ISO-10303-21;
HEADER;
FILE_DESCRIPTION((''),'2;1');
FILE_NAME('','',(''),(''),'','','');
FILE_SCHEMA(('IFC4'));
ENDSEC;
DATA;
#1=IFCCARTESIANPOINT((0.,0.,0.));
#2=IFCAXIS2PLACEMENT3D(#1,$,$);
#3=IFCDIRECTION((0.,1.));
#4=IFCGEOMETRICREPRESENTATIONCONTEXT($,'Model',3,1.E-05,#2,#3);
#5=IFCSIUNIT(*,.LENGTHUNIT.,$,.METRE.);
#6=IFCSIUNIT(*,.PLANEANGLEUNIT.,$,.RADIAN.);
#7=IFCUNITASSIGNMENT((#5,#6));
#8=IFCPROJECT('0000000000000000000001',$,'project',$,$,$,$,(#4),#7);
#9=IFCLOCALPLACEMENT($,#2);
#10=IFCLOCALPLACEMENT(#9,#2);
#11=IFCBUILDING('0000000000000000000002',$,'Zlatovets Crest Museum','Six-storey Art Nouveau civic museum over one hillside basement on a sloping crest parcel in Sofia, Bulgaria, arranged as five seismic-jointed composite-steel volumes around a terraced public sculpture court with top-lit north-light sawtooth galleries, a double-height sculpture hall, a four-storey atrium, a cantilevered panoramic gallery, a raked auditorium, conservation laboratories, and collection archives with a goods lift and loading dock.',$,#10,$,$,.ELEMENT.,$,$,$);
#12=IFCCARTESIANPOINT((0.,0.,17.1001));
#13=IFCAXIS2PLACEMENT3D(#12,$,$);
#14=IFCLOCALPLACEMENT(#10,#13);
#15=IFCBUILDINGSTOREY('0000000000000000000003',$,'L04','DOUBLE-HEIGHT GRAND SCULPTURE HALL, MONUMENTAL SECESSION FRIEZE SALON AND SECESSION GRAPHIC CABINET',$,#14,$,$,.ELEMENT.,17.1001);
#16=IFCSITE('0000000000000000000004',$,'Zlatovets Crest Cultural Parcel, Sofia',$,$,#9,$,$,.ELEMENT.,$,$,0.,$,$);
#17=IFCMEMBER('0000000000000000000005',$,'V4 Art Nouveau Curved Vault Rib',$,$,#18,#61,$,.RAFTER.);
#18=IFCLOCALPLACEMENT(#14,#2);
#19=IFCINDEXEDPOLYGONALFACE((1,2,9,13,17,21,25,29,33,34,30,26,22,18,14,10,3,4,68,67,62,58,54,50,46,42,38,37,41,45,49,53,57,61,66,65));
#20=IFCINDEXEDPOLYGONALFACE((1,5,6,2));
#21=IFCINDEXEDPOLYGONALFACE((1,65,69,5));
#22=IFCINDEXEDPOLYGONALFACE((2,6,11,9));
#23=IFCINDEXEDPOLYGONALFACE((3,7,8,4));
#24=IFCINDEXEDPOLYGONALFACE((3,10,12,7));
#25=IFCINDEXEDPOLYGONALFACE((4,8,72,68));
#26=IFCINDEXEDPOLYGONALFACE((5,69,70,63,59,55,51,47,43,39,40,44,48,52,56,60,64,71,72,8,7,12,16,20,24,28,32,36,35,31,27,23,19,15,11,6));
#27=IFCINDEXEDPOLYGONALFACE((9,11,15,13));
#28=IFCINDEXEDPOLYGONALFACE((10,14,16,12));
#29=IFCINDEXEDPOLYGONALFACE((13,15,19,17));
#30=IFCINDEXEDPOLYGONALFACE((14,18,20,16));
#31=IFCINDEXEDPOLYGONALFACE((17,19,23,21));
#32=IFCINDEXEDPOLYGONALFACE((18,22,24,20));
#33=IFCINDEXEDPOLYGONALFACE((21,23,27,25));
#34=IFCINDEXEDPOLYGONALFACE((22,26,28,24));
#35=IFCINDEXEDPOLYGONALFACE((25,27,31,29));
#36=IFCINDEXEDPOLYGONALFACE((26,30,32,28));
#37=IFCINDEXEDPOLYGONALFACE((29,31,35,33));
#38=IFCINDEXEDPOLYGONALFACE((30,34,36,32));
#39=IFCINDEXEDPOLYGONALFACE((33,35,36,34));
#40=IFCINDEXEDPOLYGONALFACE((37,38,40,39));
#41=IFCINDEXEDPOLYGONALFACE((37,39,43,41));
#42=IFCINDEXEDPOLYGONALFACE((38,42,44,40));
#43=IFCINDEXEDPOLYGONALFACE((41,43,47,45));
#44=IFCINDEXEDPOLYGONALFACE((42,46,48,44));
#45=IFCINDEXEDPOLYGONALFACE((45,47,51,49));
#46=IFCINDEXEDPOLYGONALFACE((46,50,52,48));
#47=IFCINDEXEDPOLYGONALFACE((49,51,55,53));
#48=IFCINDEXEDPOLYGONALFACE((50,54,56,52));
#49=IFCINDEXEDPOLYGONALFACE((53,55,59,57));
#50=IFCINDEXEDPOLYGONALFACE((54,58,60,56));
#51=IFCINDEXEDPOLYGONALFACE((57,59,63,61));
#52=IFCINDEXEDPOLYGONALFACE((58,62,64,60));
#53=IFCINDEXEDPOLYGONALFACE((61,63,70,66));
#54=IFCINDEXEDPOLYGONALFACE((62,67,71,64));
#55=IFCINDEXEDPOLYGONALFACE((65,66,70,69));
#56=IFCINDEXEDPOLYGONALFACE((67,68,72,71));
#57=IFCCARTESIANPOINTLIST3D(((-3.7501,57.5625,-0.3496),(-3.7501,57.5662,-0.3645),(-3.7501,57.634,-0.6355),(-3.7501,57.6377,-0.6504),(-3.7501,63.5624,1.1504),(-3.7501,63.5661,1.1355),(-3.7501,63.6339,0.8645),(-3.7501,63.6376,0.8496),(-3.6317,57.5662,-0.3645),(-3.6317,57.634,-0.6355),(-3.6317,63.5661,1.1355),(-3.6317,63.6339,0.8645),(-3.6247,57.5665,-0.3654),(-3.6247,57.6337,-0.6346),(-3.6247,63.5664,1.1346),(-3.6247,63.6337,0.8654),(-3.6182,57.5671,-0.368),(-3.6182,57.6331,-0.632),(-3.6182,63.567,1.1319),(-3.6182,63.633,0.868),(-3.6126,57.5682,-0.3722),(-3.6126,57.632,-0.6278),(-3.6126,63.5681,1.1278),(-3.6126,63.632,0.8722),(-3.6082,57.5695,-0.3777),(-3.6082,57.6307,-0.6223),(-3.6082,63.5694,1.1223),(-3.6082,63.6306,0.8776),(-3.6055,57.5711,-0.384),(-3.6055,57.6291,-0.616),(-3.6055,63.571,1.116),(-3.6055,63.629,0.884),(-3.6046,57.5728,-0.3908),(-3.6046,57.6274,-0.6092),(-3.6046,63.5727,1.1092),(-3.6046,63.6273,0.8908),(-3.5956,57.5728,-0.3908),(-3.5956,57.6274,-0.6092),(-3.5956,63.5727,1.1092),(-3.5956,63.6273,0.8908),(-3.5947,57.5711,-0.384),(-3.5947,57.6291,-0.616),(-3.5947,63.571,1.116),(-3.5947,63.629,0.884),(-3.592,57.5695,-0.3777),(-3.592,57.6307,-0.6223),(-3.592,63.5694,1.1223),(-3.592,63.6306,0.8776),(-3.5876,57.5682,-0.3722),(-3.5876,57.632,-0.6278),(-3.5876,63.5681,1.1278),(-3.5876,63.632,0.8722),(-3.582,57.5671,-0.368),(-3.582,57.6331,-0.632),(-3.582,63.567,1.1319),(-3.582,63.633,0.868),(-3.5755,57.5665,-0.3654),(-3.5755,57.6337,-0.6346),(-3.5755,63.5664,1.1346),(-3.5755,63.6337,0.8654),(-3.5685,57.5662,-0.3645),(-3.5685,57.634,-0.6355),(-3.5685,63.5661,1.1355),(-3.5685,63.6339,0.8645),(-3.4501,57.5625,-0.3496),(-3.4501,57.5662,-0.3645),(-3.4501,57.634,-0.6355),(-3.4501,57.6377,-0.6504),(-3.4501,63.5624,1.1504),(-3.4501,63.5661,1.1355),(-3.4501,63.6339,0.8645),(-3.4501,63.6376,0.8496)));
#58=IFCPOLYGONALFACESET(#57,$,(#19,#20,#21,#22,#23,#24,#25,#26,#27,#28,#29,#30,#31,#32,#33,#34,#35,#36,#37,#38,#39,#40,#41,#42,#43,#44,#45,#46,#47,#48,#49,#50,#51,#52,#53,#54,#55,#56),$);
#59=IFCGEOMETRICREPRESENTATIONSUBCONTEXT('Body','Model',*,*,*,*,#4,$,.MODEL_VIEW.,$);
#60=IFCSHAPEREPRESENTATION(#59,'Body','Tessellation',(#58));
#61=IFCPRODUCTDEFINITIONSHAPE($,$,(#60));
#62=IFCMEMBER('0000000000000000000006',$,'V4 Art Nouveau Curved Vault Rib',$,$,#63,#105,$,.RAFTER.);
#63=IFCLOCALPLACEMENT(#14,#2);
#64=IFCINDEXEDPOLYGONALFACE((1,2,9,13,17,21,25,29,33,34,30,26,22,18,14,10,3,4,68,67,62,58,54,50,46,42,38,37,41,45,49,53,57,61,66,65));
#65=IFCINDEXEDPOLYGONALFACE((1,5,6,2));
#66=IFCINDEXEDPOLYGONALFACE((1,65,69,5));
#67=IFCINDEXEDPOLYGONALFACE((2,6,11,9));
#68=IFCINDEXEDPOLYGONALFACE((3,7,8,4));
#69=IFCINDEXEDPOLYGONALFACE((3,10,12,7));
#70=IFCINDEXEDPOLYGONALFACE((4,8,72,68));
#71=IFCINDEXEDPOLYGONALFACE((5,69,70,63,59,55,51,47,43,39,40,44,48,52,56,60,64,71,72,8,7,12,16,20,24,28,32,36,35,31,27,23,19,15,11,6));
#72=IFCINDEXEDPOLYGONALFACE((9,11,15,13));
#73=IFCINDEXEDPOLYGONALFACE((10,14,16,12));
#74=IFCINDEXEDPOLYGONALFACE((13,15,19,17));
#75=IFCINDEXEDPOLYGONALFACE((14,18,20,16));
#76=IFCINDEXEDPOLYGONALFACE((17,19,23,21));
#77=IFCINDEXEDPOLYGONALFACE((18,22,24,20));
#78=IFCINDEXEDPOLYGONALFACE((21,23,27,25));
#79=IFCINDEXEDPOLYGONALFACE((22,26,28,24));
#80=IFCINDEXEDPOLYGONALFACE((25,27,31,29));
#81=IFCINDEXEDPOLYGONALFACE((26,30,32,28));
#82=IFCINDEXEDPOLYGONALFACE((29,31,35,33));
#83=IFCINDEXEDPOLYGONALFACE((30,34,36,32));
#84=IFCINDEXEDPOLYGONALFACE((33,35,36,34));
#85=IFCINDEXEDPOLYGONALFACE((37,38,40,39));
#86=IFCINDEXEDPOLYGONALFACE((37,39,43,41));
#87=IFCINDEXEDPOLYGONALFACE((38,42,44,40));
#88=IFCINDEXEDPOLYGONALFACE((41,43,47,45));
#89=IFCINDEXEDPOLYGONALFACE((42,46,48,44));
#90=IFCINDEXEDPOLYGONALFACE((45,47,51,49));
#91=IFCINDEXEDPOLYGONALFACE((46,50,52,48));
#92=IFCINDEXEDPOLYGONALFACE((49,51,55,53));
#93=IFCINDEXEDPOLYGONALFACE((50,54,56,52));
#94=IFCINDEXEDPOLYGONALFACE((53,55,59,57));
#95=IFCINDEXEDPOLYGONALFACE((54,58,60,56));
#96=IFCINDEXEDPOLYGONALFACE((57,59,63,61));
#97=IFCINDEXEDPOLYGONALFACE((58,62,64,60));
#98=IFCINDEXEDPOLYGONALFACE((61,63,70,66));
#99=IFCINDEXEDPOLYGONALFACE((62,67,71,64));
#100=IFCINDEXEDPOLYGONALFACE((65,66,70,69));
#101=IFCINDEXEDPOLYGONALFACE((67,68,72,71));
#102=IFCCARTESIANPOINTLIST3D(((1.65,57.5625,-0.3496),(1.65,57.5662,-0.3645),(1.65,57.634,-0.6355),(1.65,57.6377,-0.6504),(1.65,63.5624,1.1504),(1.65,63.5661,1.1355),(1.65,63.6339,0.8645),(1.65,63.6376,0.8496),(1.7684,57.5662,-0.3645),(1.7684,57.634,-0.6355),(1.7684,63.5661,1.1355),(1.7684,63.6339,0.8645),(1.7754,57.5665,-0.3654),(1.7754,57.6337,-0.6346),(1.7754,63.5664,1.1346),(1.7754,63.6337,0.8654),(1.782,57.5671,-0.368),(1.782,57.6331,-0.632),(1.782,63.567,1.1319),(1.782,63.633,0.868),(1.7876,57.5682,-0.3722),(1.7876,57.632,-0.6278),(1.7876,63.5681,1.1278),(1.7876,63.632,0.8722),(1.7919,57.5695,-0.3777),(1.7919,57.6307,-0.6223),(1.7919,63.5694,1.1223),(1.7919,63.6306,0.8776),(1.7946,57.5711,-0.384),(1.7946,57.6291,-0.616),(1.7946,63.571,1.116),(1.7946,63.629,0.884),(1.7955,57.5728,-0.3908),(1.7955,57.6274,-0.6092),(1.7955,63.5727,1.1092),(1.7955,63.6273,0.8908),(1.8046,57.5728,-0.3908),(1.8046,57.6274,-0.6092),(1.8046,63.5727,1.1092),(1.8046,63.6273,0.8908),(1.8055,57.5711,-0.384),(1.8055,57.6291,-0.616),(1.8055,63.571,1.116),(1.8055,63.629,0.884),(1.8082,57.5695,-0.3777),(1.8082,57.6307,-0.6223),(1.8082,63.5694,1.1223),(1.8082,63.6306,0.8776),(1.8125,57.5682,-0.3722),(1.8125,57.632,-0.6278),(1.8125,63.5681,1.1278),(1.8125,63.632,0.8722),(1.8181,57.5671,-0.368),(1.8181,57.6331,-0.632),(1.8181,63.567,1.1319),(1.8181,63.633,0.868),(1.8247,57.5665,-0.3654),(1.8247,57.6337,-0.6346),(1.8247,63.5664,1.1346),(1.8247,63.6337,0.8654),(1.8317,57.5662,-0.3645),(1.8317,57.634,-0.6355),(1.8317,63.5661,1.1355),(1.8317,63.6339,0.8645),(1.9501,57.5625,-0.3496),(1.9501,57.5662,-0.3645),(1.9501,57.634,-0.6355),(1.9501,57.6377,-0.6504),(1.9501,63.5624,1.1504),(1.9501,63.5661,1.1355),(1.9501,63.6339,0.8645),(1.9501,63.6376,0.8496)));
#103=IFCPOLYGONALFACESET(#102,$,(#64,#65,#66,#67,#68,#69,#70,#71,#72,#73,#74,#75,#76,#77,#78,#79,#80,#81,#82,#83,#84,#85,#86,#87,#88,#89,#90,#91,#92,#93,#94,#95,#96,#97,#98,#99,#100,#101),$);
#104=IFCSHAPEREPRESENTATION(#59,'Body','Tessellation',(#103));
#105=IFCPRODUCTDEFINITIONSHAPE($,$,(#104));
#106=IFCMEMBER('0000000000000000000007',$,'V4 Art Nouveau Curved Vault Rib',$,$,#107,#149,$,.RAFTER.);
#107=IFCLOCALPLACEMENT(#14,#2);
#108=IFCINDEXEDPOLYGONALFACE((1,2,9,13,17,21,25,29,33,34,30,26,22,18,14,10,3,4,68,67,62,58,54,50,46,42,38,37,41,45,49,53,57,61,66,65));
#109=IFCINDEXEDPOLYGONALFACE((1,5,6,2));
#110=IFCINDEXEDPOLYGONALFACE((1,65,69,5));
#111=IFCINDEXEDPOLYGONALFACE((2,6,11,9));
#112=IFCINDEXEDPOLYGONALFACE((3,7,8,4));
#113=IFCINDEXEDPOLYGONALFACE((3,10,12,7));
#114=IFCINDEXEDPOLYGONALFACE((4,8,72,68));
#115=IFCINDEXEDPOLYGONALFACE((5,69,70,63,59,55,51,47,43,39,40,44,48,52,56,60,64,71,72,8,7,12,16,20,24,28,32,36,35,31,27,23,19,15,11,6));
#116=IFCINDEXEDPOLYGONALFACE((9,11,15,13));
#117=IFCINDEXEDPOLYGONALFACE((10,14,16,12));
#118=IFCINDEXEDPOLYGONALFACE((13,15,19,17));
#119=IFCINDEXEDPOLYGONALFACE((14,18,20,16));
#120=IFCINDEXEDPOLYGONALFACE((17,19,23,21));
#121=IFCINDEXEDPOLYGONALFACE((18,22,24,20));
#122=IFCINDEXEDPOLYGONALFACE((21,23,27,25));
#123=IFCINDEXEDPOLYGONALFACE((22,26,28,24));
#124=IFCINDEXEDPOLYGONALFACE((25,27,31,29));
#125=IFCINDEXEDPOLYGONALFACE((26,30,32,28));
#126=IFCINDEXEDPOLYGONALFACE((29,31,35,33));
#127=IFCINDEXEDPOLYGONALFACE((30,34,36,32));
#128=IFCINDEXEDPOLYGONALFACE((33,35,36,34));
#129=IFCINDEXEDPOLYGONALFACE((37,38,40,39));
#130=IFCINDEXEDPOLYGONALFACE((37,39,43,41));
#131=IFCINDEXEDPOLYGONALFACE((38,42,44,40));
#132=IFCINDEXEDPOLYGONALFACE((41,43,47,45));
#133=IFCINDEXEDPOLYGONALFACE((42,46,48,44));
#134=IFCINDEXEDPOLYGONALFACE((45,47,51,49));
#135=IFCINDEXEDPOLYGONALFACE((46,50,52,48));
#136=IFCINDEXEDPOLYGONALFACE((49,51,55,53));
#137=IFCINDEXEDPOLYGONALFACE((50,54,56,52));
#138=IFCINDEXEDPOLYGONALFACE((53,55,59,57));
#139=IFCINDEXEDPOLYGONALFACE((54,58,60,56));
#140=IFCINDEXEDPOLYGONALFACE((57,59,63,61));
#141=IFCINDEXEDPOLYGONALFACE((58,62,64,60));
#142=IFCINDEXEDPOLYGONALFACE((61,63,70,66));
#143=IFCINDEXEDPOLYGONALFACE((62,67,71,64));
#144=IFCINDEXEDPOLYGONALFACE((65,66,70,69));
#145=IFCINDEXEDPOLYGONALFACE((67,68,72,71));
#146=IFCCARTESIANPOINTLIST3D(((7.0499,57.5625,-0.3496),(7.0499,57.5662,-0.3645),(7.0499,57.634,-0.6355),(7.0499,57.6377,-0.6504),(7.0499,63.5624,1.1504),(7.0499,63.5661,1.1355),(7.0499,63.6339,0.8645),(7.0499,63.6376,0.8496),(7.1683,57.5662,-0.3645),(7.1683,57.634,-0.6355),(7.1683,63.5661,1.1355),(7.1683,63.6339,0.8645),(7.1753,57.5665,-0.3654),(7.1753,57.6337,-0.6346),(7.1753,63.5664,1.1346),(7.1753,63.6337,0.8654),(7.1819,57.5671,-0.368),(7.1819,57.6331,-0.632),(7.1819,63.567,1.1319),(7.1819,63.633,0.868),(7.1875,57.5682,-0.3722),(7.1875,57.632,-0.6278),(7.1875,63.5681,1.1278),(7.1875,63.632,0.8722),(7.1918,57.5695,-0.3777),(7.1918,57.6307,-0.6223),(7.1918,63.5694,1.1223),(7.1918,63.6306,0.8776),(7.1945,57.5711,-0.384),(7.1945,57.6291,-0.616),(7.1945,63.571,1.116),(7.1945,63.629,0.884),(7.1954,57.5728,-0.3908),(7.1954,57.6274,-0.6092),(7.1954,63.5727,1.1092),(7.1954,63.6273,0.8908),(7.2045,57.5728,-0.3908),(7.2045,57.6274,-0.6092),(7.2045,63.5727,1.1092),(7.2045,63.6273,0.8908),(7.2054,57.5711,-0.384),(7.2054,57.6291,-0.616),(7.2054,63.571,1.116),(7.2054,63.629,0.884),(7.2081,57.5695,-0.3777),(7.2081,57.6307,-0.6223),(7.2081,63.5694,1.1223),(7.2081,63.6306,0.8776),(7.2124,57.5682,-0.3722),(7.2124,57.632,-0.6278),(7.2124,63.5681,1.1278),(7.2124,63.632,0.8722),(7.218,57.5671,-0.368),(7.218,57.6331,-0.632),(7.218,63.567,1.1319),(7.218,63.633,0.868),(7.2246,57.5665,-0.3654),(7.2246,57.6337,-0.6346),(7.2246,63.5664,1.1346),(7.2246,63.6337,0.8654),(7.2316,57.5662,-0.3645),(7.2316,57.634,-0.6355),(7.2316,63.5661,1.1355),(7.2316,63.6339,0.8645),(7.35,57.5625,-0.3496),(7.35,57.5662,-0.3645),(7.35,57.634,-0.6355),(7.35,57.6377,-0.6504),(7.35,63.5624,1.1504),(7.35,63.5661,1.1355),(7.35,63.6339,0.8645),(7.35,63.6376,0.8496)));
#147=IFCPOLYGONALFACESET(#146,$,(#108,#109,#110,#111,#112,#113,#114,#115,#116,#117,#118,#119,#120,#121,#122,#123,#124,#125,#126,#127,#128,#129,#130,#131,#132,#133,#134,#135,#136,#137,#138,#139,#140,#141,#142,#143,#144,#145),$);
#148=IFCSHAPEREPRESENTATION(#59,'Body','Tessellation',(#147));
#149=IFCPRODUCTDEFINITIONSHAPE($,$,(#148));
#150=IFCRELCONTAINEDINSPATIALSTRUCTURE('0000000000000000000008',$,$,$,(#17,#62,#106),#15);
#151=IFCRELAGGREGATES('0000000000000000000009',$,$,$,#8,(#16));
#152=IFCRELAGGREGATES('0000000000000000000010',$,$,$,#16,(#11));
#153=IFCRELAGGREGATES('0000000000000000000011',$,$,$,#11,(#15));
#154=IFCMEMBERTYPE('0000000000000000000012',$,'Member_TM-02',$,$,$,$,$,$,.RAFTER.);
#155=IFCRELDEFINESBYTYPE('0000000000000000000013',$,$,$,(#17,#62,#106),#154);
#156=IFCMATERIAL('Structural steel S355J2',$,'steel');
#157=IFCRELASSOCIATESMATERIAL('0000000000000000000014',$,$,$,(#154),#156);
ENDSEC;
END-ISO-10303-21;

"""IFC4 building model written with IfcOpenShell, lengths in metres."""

from ifc_helpers import new_model, si_unit, direction, frame, origin, origin_2d, place, context, subcontext, project, spatial, i_section, extrude, material, material_profile, profile_set, type_object, element, save


model = new_model("IFC4")

# Units and contexts
model_context = context("Model", 3, precision=1e-05, world=origin(), true_north=direction((0.0, 1.0)))
body_context = subcontext(model_context, "Body", "Model", "MODEL_VIEW")
ifc_project = project(units=[si_unit("LENGTHUNIT", "METRE"), si_unit("PLANEANGLEUNIT", "RADIAN")], contexts=[model_context])

# Site, building, storey
site_placement = place(None, origin())
site = spatial("IfcSite", under=ifc_project, at=site_placement, Name="Zlatovets Crest Cultural Parcel, Sofia", CompositionType="ELEMENT", RefElevation=0.0)
building_placement = place(site_placement, origin())
building = spatial("IfcBuilding", under=site, at=building_placement, Name="Zlatovets Crest Museum", Description="Six-storey Art Nouveau civic museum over one hillside basement on a sloping crest parcel in Sofia, Bulgaria, arranged as five seismic-jointed composite-steel volumes around a terraced public sculpture court with top-lit north-light sawtooth galleries, a double-height sculpture hall, a four-storey atrium, a cantilevered panoramic gallery, a raked auditorium, conservation laboratories, and collection archives with a goods lift and loading dock.", CompositionType="ELEMENT")
storey_placement = place(building_placement, frame((0.0, 0.0, 17.1001)))
storey = spatial("IfcBuildingStorey", under=building, at=storey_placement, Name="L04", Description="DOUBLE-HEIGHT GRAND SCULPTURE HALL, MONUMENTAL SECESSION FRIEZE SALON AND SECESSION GRAPHIC CABINET", CompositionType="ELEMENT", Elevation=17.1001)

# Shared definitions
ifc_material_1 = material(Name="Structural steel S355J2", Category="steel")

# Members
ifc_material_profile_1 = material_profile(ifc_material_1, i_section(OverallWidth=0.3, OverallDepth=0.3101, WebThickness=0.009, FlangeThickness=0.0154, FilletRadius=0.0271, at=origin_2d()), Name="HEA 320")
ifc_profile_set_1 = profile_set([ifc_material_profile_1], Name="Structural steel S355J2")
member_type_1 = type_object("IfcMemberType", Name="Member_TM-02", PredefinedType="RAFTER", material=ifc_profile_set_1)
for number, where, z_axis, x_axis, name in (
    (1, (-3.6001, 57.6001, -0.5), (0.0, 0.970143, 0.242536), (-1.0, 0.0, 0.0), "V4 Art Nouveau Curved Vault Rib"),
    (2, (1.8, 57.6001, -0.5), (0.0, 0.970143, 0.242536), (-1.0, 0.0, 0.0), "V4 Art Nouveau Curved Vault Rib"),
    (3, (7.2, 57.6001, -0.5), (0.0, 0.970143, 0.242536), (-1.0, 0.0, 0.0), "V4 Art Nouveau Curved Vault Rib"),
):
    element("IfcMember", number, at=place(storey_placement, frame(where, z_axis=z_axis, x_axis=x_axis)), inside=storey, type_object=member_type_1, Name=name, PredefinedType="RAFTER", context=body_context, shape_type="SweptSolid", body=[
        extrude(i_section(OverallWidth=0.3, OverallDepth=0.3101, WebThickness=0.009, FlangeThickness=0.0154, FilletRadius=0.0271, at=origin_2d()), origin(), (0.0, 0.0, 1.0), 6.1846),
    ])

save(model, "model.ifc")
